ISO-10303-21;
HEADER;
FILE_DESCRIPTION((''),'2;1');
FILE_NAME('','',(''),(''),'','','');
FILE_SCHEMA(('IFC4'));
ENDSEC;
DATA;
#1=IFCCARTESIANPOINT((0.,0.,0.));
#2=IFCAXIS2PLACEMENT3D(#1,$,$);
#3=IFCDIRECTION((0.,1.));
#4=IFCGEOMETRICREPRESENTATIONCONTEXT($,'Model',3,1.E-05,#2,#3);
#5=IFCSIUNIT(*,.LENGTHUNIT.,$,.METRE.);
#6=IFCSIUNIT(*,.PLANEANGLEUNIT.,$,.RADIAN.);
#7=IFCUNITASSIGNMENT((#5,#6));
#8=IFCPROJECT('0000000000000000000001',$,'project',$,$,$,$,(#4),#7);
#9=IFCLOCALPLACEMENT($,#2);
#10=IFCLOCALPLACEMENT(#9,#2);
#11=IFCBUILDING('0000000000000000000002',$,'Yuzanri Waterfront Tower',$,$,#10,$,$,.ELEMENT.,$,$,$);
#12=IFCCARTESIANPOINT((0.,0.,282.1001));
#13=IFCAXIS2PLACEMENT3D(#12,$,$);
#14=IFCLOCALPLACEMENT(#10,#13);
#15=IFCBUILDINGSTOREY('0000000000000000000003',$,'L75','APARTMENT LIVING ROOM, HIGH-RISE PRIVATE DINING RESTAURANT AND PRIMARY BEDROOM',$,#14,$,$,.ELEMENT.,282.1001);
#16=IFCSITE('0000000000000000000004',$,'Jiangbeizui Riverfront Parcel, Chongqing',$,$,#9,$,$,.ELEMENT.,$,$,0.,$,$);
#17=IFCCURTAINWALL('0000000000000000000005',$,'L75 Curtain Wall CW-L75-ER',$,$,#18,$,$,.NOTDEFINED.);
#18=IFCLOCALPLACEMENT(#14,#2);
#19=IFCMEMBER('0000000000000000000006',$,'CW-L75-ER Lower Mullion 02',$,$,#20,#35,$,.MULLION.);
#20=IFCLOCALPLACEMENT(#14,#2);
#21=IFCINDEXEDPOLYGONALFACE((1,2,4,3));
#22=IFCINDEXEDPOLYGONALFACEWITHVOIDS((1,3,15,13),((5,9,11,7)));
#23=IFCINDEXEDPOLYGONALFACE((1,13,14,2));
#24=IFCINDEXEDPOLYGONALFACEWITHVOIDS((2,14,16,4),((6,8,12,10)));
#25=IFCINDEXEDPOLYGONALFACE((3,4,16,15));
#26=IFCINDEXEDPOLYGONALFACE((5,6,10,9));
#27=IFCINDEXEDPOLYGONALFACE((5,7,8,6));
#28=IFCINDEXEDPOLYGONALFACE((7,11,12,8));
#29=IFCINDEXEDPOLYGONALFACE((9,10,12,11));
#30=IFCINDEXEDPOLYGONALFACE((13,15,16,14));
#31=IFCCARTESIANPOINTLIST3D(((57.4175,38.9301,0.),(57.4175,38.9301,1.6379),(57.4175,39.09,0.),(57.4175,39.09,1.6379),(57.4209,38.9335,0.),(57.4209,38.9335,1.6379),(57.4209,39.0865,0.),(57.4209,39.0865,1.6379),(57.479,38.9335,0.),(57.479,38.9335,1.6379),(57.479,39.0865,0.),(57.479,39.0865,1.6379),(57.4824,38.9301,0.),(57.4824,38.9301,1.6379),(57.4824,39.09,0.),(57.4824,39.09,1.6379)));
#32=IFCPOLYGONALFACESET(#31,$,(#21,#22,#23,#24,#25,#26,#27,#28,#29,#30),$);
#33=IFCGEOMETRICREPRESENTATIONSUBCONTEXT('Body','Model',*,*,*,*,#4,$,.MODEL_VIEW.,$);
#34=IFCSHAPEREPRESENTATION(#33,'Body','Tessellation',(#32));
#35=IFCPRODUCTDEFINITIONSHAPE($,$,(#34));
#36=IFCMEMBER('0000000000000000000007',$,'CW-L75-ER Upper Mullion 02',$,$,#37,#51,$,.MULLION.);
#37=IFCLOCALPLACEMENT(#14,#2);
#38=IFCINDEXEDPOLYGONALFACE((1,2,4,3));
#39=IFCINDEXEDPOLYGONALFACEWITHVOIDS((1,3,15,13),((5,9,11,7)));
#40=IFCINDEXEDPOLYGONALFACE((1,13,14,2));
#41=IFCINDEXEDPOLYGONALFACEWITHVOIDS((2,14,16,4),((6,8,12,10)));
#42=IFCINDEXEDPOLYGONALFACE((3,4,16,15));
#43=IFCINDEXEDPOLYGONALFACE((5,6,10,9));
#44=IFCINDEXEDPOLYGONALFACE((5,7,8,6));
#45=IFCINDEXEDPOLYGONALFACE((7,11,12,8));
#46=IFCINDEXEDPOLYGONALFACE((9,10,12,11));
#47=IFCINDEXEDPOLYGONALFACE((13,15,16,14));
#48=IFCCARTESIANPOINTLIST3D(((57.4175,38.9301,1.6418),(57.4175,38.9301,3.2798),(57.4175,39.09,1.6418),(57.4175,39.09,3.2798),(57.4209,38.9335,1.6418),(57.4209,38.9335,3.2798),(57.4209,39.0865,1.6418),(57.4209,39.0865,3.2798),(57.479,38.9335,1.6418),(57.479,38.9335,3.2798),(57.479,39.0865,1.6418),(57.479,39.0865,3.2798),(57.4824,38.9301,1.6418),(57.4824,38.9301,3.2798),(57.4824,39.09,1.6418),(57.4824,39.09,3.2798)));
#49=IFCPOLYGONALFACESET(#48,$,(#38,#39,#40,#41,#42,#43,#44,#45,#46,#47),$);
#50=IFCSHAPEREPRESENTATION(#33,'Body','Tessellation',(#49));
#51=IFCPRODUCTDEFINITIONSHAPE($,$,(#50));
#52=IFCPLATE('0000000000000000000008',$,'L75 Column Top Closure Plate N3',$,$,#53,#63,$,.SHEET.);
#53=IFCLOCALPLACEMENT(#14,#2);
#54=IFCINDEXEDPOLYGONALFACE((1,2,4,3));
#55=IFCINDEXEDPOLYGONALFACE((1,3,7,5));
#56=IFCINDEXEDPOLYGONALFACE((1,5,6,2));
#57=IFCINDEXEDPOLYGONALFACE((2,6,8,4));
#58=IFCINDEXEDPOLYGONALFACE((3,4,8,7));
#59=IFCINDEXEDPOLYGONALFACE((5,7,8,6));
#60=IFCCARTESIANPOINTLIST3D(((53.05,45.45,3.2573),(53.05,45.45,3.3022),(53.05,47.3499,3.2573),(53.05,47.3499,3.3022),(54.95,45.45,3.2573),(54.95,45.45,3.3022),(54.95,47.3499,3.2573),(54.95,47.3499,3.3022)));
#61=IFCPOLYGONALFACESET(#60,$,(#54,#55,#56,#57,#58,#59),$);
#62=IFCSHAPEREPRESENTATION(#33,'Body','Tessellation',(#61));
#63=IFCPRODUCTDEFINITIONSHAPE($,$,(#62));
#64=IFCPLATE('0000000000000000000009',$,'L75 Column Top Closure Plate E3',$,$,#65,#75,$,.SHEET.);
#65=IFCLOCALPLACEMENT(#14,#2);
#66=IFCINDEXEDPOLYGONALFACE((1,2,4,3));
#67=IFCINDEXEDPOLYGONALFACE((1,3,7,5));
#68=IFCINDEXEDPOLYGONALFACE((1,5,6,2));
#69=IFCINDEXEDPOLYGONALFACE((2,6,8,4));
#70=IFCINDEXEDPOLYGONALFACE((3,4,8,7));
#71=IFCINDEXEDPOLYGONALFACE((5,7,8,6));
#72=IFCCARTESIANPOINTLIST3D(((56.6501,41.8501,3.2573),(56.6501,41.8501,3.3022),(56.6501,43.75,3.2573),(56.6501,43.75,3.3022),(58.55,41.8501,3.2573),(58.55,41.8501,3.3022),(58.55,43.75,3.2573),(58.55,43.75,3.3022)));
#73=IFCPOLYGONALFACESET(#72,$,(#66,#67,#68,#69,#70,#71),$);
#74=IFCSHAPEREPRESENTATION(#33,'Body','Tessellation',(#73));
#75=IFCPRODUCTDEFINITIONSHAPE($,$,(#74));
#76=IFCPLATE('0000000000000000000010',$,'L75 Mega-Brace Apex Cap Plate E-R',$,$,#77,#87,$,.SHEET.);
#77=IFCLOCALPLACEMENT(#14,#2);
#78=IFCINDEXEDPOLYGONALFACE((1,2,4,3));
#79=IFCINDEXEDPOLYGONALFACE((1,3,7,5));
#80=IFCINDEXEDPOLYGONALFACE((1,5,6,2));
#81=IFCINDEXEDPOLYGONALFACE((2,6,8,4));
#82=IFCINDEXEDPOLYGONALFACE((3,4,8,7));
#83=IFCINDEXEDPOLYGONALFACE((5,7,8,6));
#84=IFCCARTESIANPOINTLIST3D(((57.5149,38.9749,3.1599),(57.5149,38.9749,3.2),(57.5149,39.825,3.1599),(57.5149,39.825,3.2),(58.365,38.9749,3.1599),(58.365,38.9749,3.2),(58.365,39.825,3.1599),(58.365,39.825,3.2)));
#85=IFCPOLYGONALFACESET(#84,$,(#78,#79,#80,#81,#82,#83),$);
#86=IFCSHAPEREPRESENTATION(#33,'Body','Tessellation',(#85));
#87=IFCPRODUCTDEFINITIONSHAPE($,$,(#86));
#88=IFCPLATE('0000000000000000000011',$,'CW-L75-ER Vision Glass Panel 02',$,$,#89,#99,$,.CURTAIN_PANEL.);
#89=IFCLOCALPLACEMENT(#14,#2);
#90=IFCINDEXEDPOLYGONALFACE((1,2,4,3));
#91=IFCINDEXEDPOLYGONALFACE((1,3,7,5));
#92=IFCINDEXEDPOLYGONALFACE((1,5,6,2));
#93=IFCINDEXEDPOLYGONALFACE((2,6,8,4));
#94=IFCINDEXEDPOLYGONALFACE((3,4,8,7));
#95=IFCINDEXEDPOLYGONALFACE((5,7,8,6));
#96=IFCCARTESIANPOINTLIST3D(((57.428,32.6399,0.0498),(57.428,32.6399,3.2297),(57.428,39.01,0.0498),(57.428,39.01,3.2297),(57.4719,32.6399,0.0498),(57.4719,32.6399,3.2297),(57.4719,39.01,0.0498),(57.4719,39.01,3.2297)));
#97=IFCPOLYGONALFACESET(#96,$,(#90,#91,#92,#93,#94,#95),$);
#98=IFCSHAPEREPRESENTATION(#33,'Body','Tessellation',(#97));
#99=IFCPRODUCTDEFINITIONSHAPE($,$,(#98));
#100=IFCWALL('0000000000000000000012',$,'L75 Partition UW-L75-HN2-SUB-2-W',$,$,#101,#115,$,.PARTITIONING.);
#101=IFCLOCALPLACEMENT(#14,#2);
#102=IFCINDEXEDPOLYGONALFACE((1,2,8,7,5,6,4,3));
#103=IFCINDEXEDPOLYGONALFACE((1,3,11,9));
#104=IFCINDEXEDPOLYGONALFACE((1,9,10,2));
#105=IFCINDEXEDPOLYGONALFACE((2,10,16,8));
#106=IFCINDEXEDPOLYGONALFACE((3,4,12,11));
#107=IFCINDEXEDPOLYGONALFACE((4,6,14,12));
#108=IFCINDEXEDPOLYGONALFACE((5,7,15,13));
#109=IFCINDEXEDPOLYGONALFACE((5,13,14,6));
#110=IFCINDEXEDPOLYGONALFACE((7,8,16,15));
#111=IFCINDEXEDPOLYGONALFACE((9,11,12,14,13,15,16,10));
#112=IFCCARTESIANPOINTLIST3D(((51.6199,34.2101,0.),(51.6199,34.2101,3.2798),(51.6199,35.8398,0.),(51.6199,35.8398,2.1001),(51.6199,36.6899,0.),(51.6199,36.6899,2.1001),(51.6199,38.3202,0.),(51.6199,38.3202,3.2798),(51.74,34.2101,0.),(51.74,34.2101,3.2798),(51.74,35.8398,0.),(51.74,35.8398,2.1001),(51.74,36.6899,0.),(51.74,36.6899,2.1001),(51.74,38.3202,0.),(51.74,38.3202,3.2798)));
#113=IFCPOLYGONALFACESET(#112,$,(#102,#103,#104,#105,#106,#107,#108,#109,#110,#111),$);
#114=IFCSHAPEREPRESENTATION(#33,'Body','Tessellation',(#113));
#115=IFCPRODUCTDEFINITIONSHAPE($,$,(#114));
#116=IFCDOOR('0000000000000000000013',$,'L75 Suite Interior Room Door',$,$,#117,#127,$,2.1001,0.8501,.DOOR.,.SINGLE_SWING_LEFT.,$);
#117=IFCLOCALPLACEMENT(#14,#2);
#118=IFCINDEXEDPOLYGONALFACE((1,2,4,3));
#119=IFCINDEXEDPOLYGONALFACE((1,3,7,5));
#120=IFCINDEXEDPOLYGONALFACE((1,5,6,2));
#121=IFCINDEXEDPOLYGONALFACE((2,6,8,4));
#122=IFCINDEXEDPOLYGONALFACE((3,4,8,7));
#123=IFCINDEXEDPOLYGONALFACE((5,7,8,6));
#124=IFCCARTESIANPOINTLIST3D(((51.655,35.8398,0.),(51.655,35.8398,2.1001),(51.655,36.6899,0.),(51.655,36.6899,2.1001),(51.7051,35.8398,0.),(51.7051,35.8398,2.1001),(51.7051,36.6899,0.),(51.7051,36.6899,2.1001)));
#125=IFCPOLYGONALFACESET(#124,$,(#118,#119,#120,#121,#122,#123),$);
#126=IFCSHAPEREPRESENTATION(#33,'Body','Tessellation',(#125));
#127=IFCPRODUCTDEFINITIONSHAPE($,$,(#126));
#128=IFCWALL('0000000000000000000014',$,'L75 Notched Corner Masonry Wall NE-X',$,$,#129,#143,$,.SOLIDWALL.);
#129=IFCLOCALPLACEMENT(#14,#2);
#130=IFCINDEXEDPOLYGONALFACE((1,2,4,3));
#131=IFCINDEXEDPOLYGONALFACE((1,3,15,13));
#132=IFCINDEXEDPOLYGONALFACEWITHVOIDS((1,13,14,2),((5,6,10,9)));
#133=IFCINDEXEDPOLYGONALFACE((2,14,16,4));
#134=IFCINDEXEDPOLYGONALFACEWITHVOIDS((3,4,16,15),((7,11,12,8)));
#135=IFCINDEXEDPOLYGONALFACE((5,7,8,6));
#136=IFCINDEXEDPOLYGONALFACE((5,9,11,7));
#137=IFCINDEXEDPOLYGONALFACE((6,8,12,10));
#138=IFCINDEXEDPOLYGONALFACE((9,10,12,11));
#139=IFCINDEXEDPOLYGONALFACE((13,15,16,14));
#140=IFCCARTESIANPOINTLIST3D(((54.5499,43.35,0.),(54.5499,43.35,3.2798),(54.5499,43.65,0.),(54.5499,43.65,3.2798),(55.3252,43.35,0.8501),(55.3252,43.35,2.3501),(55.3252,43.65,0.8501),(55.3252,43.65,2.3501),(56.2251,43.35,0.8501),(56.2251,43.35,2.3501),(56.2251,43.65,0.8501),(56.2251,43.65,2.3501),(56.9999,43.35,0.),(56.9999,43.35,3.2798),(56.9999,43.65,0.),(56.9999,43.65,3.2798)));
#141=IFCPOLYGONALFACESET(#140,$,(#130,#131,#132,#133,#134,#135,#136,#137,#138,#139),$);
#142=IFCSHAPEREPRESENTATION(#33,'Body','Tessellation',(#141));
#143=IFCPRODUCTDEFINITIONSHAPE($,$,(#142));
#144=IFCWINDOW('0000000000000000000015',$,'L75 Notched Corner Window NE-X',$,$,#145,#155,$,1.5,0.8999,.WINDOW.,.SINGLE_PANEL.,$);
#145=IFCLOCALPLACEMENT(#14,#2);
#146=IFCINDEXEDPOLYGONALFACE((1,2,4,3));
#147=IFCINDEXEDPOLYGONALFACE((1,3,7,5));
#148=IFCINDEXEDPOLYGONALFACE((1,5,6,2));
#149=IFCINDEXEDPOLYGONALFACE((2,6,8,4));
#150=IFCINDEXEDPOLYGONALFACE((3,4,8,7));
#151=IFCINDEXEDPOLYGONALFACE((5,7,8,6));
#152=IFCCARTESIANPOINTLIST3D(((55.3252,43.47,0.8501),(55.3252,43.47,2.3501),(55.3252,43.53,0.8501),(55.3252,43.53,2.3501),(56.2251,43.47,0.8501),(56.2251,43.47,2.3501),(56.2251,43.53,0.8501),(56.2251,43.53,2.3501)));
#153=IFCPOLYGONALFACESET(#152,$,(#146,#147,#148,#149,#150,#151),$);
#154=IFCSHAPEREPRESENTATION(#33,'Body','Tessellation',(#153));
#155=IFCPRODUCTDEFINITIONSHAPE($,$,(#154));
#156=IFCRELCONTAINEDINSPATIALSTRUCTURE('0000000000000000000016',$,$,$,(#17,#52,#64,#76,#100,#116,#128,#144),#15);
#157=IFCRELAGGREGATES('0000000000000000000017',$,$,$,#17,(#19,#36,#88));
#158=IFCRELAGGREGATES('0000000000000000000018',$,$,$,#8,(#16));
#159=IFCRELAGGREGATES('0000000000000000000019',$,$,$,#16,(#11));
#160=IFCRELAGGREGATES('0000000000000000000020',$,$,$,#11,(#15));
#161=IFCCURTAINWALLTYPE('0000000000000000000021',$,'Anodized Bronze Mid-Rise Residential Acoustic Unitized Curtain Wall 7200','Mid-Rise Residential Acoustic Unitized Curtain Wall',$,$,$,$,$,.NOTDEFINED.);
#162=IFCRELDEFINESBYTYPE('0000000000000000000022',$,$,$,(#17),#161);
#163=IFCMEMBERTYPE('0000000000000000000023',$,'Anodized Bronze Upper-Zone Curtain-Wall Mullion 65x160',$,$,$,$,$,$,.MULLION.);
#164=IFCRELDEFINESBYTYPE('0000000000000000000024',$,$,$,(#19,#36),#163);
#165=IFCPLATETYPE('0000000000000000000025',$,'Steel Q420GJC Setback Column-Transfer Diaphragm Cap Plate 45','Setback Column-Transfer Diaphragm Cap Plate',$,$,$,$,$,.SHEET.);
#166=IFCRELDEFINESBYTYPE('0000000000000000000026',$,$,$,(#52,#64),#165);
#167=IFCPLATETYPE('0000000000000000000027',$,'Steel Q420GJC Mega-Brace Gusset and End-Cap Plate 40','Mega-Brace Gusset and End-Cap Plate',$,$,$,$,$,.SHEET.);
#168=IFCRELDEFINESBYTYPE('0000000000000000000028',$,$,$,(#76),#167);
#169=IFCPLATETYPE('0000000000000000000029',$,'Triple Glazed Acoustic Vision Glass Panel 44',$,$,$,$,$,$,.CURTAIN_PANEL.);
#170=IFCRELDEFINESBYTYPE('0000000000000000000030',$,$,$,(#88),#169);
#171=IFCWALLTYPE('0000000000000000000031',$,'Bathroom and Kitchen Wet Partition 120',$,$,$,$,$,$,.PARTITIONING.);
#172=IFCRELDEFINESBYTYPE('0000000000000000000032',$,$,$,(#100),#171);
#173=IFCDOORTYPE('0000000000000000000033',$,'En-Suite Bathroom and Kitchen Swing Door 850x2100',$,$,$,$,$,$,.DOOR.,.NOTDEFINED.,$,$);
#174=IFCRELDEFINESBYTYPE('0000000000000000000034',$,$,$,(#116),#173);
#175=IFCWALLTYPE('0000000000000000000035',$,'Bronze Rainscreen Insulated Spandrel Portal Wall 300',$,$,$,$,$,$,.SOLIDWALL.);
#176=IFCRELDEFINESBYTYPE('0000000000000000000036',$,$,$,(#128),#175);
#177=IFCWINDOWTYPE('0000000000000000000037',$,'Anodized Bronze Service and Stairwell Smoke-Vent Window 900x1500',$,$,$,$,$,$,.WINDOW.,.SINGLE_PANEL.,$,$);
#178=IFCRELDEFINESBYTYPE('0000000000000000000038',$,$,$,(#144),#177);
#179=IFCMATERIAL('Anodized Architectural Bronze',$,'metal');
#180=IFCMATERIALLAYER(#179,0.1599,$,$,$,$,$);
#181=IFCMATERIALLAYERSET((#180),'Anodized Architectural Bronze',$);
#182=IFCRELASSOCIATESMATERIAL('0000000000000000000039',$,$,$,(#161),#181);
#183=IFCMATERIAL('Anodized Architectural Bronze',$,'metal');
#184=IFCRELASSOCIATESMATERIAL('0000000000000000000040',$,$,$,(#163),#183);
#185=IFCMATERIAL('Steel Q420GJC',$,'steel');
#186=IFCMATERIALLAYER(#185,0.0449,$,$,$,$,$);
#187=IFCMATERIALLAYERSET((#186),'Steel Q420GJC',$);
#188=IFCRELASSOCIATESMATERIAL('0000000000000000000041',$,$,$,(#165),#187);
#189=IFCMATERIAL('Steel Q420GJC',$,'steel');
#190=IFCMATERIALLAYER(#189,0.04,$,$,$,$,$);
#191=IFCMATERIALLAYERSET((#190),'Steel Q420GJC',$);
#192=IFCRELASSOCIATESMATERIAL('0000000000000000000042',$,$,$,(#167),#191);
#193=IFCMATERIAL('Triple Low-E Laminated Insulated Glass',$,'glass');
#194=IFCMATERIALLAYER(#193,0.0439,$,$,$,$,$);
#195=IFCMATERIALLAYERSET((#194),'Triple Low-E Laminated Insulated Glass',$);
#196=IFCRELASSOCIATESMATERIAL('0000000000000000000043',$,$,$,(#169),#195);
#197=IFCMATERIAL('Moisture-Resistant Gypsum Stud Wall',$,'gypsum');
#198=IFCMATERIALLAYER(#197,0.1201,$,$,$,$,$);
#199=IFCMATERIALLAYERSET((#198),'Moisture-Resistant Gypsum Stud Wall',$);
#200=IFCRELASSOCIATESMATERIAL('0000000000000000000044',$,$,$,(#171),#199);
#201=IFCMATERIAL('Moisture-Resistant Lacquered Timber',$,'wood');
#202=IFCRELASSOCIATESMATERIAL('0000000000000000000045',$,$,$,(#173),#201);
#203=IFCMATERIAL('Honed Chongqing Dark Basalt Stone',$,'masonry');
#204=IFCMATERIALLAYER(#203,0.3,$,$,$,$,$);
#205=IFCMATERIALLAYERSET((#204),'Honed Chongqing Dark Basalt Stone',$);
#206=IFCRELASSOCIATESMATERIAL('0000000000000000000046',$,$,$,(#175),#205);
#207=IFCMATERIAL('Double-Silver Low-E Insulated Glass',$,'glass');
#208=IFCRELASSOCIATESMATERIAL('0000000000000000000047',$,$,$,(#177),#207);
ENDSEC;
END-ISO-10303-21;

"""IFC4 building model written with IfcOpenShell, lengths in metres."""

from ifc_helpers import new_model, si_unit, direction, frame, frame_2d, origin, origin_2d, place, context, subcontext, project, spatial, rectangle, hollow_rectangle, extrude, source, transform, mapped, material, layer, layer_set, material_profile, profile_set, type_object, element, fill, aggregate, save


model = new_model("IFC4")

# Units and contexts
model_context = context("Model", 3, precision=1e-05, world=origin(), true_north=direction((0.0, 1.0)))
body_context = subcontext(model_context, "Body", "Model", "MODEL_VIEW")
ifc_project = project(units=[si_unit("LENGTHUNIT", "METRE"), si_unit("PLANEANGLEUNIT", "RADIAN")], contexts=[model_context])

# Site, building, storey
site_placement = place(None, origin())
site = spatial("IfcSite", under=ifc_project, at=site_placement, Name="Jiangbeizui Riverfront Parcel, Chongqing", CompositionType="ELEMENT", RefElevation=0.0)
building_placement = place(site_placement, origin())
building = spatial("IfcBuilding", under=site, at=building_placement, Name="Yuzanri Waterfront Tower", CompositionType="ELEMENT")
storey_placement = place(building_placement, frame((0.0, 0.0, 282.1001)))
storey = spatial("IfcBuildingStorey", under=building, at=storey_placement, Name="L75", Description="APARTMENT LIVING ROOM, HIGH-RISE PRIVATE DINING RESTAURANT AND PRIMARY BEDROOM", CompositionType="ELEMENT", Elevation=282.1001)

# Curtain wall, members
ifc_material_1 = material(Name="Anodized Architectural Bronze", Category="metal")
ifc_layer_1 = layer(ifc_material_1, 0.1599)
ifc_layer_set_1 = layer_set([ifc_layer_1], Name="Anodized Architectural Bronze")
curtain_wall_type = type_object("IfcCurtainWallType", Name="Anodized Bronze Mid-Rise Residential Acoustic Unitized Curtain Wall 7200", Description="Mid-Rise Residential Acoustic Unitized Curtain Wall", PredefinedType="NOTDEFINED", material=ifc_layer_set_1)
curtain_wall_placement = place(storey_placement, origin())
curtain_wall = element("IfcCurtainWall", 1, at=curtain_wall_placement, inside=storey, type_object=curtain_wall_type, Name="L75 Curtain Wall CW-L75-ER", PredefinedType="NOTDEFINED")
ifc_material_2 = material(Name="Anodized Architectural Bronze", Category="metal")
ifc_material_profile_1 = material_profile(ifc_material_2, hollow_rectangle(XDim=0.0649, YDim=0.1599, WallThickness=0.0034, at=origin_2d()), Name="CWM 65x160")
ifc_profile_set_1 = profile_set([ifc_material_profile_1], Name="Anodized Architectural Bronze")
member_type = type_object("IfcMemberType", Name="Anodized Bronze Upper-Zone Curtain-Wall Mullion 65x160", PredefinedType="MULLION", material=ifc_profile_set_1)
shared_shape_1 = source(origin(), body_context, "Body", "SweptSolid", [
    extrude(hollow_rectangle(XDim=0.0649, YDim=0.1599, WallThickness=0.0034, at=origin_2d()), origin(), (0.0, 0.0, 1.0), 1.6379),
])
member_1_placement = place(storey_placement, frame((57.45, 39.01, 0.0), z_axis=(0.0, 0.0, 1.0), x_axis=(1.0, 0.0, 0.0)))
member_1 = element("IfcMember", 2, at=member_1_placement, type_object=member_type, Name="CW-L75-ER Lower Mullion 02", PredefinedType="MULLION", context=body_context, shape_type="MappedRepresentation", body=[
    mapped(shared_shape_1, transform((0.0, 0.0, 0.0), scale=1.0)),
])
member_2_placement = place(storey_placement, frame((57.45, 39.01, 1.6418), z_axis=(0.0, 0.0, 1.0), x_axis=(1.0, 0.0, 0.0)))
member_2 = element("IfcMember", 3, at=member_2_placement, type_object=member_type, Name="CW-L75-ER Upper Mullion 02", PredefinedType="MULLION", context=body_context, shape_type="MappedRepresentation", body=[
    mapped(shared_shape_1, transform((0.0, 0.0, 0.0), scale=1.0)),
])

# Plates
ifc_material_3 = material(Name="Steel Q420GJC", Category="steel")
ifc_layer_2 = layer(ifc_material_3, 0.0449)
ifc_layer_set_2 = layer_set([ifc_layer_2], Name="Steel Q420GJC")
plate_type_1 = type_object("IfcPlateType", Name="Steel Q420GJC Setback Column-Transfer Diaphragm Cap Plate 45", Description="Setback Column-Transfer Diaphragm Cap Plate", PredefinedType="SHEET", material=ifc_layer_set_2)
shared_shape_2 = source(origin(), body_context, "Body", "SweptSolid", [
    extrude(rectangle(XDim=1.8999, YDim=1.8999, at=origin_2d()), origin(), (0.0, 0.0, 1.0), 0.0449),
])
for number, where, z_axis, x_axis, name in (
    (4, (54.0, 46.3999, 3.2573), (0.0, 0.0, 1.0), (1.0, 0.0, 0.0), "L75 Column Top Closure Plate N3"),
    (5, (57.6001, 42.8, 3.2573), (0.0, 0.0, 1.0), (1.0, 0.0, 0.0), "L75 Column Top Closure Plate E3"),
):
    element("IfcPlate", number, at=place(storey_placement, frame(where, z_axis=z_axis, x_axis=x_axis)), inside=storey, type_object=plate_type_1, Name=name, PredefinedType="SHEET", context=body_context, shape_type="MappedRepresentation", body=[
        mapped(shared_shape_2, transform((0.0, 0.0, 0.0), scale=1.0)),
    ])
ifc_material_4 = material(Name="Steel Q420GJC", Category="steel")
ifc_layer_3 = layer(ifc_material_4, 0.04)
ifc_layer_set_3 = layer_set([ifc_layer_3], Name="Steel Q420GJC")
plate_type_2 = type_object("IfcPlateType", Name="Steel Q420GJC Mega-Brace Gusset and End-Cap Plate 40", Description="Mega-Brace Gusset and End-Cap Plate", PredefinedType="SHEET", material=ifc_layer_set_3)
shared_shape_3 = source(origin(), body_context, "Body", "SweptSolid", [
    extrude(rectangle(XDim=0.8501, YDim=0.8501, at=origin_2d()), origin(), (0.0, 0.0, 1.0), 0.04),
])
plate_1_placement = place(storey_placement, frame((57.9399, 39.3999, 3.1599), z_axis=(0.0, 0.0, 1.0), x_axis=(1.0, 0.0, 0.0)))
element("IfcPlate", 6, at=plate_1_placement, inside=storey, type_object=plate_type_2, Name="L75 Mega-Brace Apex Cap Plate E-R", PredefinedType="SHEET", context=body_context, shape_type="MappedRepresentation", body=[
    mapped(shared_shape_3, transform((0.0, 0.0, 0.0), scale=1.0)),
])

# Plate
ifc_material_5 = material(Name="Triple Low-E Laminated Insulated Glass", Category="glass")
ifc_layer_4 = layer(ifc_material_5, 0.0439)
ifc_layer_set_4 = layer_set([ifc_layer_4], Name="Triple Low-E Laminated Insulated Glass")
plate_type_3 = type_object("IfcPlateType", Name="Triple Glazed Acoustic Vision Glass Panel 44", PredefinedType="CURTAIN_PANEL", material=ifc_layer_set_4)
shared_shape_4 = source(origin(), body_context, "Body", "SweptSolid", [
    extrude(rectangle(XDim=6.3701, YDim=0.0439, at=origin_2d()), origin(), (0.0, 0.0, 1.0), 3.1799),
])
plate_2_placement = place(storey_placement, frame((57.45, 35.825, 0.0498), z_axis=(0.0, 0.0, 1.0), x_axis=(0.0, 1.0, 0.0)))
plate_2 = element("IfcPlate", 7, at=plate_2_placement, type_object=plate_type_3, Name="CW-L75-ER Vision Glass Panel 02", PredefinedType="CURTAIN_PANEL", context=body_context, shape_type="MappedRepresentation", body=[
    mapped(shared_shape_4, transform((0.0, 0.0, 0.0), scale=1.0)),
])
aggregate(curtain_wall, [member_1, member_2, plate_2])

# Wall, opening, door
ifc_material_6 = material(Name="Moisture-Resistant Gypsum Stud Wall", Category="gypsum")
ifc_layer_5 = layer(ifc_material_6, 0.1201)
ifc_layer_set_5 = layer_set([ifc_layer_5], Name="Moisture-Resistant Gypsum Stud Wall")
wall_type_1 = type_object("IfcWallType", Name="Bathroom and Kitchen Wet Partition 120", PredefinedType="PARTITIONING", material=ifc_layer_set_5)
wall_1_placement = place(storey_placement, frame((51.6799, 34.21, 0.0), z_axis=(0.0, 0.0, 1.0), x_axis=(0.0, 1.0, 0.0)))
wall_1 = element("IfcWall", 8, at=wall_1_placement, inside=storey, type_object=wall_type_1, Name="L75 Partition UW-L75-HN2-SUB-2-W", PredefinedType="PARTITIONING", context=body_context, shape_type="SweptSolid", body=[
    extrude(rectangle(XDim=4.1101, YDim=0.1201, at=frame_2d((2.0552, 0.0))), origin(), (0.0, 0.0, 1.0), 3.2798),
])
opening_1_placement = place(wall_1_placement, frame((1.6299, 0.0, 0.0)))
opening_1 = element("IfcOpeningElement", 9, at=opening_1_placement, cuts=wall_1, PredefinedType="OPENING", context=body_context, shape_type="SweptSolid", body=[
    extrude(rectangle(XDim=0.8501, YDim=2.1001, at=frame_2d((0.425, 1.05))), frame((0.0, 0.075, 0.0), z_axis=(0.0, -1.0, 0.0), x_axis=(1.0, 0.0, 0.0)), (0.0, 0.0, 1.0), 0.1499),
])
ifc_material_7 = material(Name="Moisture-Resistant Lacquered Timber", Category="wood")
door_type = type_object("IfcDoorType", Name="En-Suite Bathroom and Kitchen Swing Door 850x2100", OperationType="NOTDEFINED", PredefinedType="DOOR", material=ifc_material_7)
shared_shape_5 = source(origin(), body_context, "Body", "SweptSolid", [
    extrude(rectangle(XDim=0.8501, YDim=2.1001, at=frame_2d((0.425, 1.05))), frame((0.0, 0.0249, 0.0), z_axis=(0.0, -1.0, 0.0), x_axis=(1.0, 0.0, 0.0)), (0.0, 0.0, 1.0), 0.05),
])
door_placement = place(opening_1_placement, origin())
door = element("IfcDoor", 10, at=door_placement, inside=storey, type_object=door_type, Name="L75 Suite Interior Room Door", OperationType="SINGLE_SWING_LEFT", OverallHeight=2.1001, OverallWidth=0.8501, PredefinedType="DOOR", context=body_context, shape_type="MappedRepresentation", body=[
    mapped(shared_shape_5, transform((0.0, 0.0, 0.0), scale=1.0)),
])
fill(opening_1, door)

# Wall, opening, window
ifc_material_8 = material(Name="Honed Chongqing Dark Basalt Stone", Category="masonry")
ifc_layer_6 = layer(ifc_material_8, 0.3)
ifc_layer_set_6 = layer_set([ifc_layer_6], Name="Honed Chongqing Dark Basalt Stone")
wall_type_2 = type_object("IfcWallType", Name="Bronze Rainscreen Insulated Spandrel Portal Wall 300", PredefinedType="SOLIDWALL", material=ifc_layer_set_6)
wall_2_placement = place(storey_placement, frame((57.0, 43.5, 0.0), z_axis=(0.0, 0.0, 1.0), x_axis=(-1.0, 0.0, 0.0)))
wall_2 = element("IfcWall", 11, at=wall_2_placement, inside=storey, type_object=wall_type_2, Name="L75 Notched Corner Masonry Wall NE-X", PredefinedType="SOLIDWALL", context=body_context, shape_type="SweptSolid", body=[
    extrude(rectangle(XDim=2.45, YDim=0.3, at=frame_2d((1.2251, 0.0))), origin(), (0.0, 0.0, 1.0), 3.2798),
])
opening_2_placement = place(wall_2_placement, frame((0.7749, 0.0, 0.8501)))
opening_2 = element("IfcOpeningElement", 12, at=opening_2_placement, cuts=wall_2, PredefinedType="OPENING", context=body_context, shape_type="SweptSolid", body=[
    extrude(rectangle(XDim=0.8999, YDim=1.5, at=frame_2d((0.45, 0.75))), frame((0.0, 0.165, 0.0), z_axis=(0.0, -1.0, 0.0), x_axis=(1.0, 0.0, 0.0)), (0.0, 0.0, 1.0), 0.3298),
])
ifc_material_9 = material(Name="Double-Silver Low-E Insulated Glass", Category="glass")
window_type_1 = type_object("IfcWindowType", Name="Anodized Bronze Service and Stairwell Smoke-Vent Window 900x1500", PartitioningType="SINGLE_PANEL", PredefinedType="WINDOW", material=ifc_material_9)
shared_shape_6 = source(origin(), body_context, "Body", "SweptSolid", [
    extrude(rectangle(XDim=0.8999, YDim=1.5, at=frame_2d((0.45, 0.75))), frame((0.0, 0.03, 0.0), z_axis=(0.0, -1.0, 0.0), x_axis=(1.0, 0.0, 0.0)), (0.0, 0.0, 1.0), 0.0601),
])
window_1_placement = place(opening_2_placement, origin())
window_1 = element("IfcWindow", 13, at=window_1_placement, inside=storey, type_object=window_type_1, Name="L75 Notched Corner Window NE-X", OverallHeight=1.5, OverallWidth=0.8999, PartitioningType="SINGLE_PANEL", PredefinedType="WINDOW", context=body_context, shape_type="MappedRepresentation", body=[
    mapped(shared_shape_6, transform((0.0, 0.0, 0.0), scale=1.0)),
])
fill(opening_2, window_1)

save(model, "model.ifc")
